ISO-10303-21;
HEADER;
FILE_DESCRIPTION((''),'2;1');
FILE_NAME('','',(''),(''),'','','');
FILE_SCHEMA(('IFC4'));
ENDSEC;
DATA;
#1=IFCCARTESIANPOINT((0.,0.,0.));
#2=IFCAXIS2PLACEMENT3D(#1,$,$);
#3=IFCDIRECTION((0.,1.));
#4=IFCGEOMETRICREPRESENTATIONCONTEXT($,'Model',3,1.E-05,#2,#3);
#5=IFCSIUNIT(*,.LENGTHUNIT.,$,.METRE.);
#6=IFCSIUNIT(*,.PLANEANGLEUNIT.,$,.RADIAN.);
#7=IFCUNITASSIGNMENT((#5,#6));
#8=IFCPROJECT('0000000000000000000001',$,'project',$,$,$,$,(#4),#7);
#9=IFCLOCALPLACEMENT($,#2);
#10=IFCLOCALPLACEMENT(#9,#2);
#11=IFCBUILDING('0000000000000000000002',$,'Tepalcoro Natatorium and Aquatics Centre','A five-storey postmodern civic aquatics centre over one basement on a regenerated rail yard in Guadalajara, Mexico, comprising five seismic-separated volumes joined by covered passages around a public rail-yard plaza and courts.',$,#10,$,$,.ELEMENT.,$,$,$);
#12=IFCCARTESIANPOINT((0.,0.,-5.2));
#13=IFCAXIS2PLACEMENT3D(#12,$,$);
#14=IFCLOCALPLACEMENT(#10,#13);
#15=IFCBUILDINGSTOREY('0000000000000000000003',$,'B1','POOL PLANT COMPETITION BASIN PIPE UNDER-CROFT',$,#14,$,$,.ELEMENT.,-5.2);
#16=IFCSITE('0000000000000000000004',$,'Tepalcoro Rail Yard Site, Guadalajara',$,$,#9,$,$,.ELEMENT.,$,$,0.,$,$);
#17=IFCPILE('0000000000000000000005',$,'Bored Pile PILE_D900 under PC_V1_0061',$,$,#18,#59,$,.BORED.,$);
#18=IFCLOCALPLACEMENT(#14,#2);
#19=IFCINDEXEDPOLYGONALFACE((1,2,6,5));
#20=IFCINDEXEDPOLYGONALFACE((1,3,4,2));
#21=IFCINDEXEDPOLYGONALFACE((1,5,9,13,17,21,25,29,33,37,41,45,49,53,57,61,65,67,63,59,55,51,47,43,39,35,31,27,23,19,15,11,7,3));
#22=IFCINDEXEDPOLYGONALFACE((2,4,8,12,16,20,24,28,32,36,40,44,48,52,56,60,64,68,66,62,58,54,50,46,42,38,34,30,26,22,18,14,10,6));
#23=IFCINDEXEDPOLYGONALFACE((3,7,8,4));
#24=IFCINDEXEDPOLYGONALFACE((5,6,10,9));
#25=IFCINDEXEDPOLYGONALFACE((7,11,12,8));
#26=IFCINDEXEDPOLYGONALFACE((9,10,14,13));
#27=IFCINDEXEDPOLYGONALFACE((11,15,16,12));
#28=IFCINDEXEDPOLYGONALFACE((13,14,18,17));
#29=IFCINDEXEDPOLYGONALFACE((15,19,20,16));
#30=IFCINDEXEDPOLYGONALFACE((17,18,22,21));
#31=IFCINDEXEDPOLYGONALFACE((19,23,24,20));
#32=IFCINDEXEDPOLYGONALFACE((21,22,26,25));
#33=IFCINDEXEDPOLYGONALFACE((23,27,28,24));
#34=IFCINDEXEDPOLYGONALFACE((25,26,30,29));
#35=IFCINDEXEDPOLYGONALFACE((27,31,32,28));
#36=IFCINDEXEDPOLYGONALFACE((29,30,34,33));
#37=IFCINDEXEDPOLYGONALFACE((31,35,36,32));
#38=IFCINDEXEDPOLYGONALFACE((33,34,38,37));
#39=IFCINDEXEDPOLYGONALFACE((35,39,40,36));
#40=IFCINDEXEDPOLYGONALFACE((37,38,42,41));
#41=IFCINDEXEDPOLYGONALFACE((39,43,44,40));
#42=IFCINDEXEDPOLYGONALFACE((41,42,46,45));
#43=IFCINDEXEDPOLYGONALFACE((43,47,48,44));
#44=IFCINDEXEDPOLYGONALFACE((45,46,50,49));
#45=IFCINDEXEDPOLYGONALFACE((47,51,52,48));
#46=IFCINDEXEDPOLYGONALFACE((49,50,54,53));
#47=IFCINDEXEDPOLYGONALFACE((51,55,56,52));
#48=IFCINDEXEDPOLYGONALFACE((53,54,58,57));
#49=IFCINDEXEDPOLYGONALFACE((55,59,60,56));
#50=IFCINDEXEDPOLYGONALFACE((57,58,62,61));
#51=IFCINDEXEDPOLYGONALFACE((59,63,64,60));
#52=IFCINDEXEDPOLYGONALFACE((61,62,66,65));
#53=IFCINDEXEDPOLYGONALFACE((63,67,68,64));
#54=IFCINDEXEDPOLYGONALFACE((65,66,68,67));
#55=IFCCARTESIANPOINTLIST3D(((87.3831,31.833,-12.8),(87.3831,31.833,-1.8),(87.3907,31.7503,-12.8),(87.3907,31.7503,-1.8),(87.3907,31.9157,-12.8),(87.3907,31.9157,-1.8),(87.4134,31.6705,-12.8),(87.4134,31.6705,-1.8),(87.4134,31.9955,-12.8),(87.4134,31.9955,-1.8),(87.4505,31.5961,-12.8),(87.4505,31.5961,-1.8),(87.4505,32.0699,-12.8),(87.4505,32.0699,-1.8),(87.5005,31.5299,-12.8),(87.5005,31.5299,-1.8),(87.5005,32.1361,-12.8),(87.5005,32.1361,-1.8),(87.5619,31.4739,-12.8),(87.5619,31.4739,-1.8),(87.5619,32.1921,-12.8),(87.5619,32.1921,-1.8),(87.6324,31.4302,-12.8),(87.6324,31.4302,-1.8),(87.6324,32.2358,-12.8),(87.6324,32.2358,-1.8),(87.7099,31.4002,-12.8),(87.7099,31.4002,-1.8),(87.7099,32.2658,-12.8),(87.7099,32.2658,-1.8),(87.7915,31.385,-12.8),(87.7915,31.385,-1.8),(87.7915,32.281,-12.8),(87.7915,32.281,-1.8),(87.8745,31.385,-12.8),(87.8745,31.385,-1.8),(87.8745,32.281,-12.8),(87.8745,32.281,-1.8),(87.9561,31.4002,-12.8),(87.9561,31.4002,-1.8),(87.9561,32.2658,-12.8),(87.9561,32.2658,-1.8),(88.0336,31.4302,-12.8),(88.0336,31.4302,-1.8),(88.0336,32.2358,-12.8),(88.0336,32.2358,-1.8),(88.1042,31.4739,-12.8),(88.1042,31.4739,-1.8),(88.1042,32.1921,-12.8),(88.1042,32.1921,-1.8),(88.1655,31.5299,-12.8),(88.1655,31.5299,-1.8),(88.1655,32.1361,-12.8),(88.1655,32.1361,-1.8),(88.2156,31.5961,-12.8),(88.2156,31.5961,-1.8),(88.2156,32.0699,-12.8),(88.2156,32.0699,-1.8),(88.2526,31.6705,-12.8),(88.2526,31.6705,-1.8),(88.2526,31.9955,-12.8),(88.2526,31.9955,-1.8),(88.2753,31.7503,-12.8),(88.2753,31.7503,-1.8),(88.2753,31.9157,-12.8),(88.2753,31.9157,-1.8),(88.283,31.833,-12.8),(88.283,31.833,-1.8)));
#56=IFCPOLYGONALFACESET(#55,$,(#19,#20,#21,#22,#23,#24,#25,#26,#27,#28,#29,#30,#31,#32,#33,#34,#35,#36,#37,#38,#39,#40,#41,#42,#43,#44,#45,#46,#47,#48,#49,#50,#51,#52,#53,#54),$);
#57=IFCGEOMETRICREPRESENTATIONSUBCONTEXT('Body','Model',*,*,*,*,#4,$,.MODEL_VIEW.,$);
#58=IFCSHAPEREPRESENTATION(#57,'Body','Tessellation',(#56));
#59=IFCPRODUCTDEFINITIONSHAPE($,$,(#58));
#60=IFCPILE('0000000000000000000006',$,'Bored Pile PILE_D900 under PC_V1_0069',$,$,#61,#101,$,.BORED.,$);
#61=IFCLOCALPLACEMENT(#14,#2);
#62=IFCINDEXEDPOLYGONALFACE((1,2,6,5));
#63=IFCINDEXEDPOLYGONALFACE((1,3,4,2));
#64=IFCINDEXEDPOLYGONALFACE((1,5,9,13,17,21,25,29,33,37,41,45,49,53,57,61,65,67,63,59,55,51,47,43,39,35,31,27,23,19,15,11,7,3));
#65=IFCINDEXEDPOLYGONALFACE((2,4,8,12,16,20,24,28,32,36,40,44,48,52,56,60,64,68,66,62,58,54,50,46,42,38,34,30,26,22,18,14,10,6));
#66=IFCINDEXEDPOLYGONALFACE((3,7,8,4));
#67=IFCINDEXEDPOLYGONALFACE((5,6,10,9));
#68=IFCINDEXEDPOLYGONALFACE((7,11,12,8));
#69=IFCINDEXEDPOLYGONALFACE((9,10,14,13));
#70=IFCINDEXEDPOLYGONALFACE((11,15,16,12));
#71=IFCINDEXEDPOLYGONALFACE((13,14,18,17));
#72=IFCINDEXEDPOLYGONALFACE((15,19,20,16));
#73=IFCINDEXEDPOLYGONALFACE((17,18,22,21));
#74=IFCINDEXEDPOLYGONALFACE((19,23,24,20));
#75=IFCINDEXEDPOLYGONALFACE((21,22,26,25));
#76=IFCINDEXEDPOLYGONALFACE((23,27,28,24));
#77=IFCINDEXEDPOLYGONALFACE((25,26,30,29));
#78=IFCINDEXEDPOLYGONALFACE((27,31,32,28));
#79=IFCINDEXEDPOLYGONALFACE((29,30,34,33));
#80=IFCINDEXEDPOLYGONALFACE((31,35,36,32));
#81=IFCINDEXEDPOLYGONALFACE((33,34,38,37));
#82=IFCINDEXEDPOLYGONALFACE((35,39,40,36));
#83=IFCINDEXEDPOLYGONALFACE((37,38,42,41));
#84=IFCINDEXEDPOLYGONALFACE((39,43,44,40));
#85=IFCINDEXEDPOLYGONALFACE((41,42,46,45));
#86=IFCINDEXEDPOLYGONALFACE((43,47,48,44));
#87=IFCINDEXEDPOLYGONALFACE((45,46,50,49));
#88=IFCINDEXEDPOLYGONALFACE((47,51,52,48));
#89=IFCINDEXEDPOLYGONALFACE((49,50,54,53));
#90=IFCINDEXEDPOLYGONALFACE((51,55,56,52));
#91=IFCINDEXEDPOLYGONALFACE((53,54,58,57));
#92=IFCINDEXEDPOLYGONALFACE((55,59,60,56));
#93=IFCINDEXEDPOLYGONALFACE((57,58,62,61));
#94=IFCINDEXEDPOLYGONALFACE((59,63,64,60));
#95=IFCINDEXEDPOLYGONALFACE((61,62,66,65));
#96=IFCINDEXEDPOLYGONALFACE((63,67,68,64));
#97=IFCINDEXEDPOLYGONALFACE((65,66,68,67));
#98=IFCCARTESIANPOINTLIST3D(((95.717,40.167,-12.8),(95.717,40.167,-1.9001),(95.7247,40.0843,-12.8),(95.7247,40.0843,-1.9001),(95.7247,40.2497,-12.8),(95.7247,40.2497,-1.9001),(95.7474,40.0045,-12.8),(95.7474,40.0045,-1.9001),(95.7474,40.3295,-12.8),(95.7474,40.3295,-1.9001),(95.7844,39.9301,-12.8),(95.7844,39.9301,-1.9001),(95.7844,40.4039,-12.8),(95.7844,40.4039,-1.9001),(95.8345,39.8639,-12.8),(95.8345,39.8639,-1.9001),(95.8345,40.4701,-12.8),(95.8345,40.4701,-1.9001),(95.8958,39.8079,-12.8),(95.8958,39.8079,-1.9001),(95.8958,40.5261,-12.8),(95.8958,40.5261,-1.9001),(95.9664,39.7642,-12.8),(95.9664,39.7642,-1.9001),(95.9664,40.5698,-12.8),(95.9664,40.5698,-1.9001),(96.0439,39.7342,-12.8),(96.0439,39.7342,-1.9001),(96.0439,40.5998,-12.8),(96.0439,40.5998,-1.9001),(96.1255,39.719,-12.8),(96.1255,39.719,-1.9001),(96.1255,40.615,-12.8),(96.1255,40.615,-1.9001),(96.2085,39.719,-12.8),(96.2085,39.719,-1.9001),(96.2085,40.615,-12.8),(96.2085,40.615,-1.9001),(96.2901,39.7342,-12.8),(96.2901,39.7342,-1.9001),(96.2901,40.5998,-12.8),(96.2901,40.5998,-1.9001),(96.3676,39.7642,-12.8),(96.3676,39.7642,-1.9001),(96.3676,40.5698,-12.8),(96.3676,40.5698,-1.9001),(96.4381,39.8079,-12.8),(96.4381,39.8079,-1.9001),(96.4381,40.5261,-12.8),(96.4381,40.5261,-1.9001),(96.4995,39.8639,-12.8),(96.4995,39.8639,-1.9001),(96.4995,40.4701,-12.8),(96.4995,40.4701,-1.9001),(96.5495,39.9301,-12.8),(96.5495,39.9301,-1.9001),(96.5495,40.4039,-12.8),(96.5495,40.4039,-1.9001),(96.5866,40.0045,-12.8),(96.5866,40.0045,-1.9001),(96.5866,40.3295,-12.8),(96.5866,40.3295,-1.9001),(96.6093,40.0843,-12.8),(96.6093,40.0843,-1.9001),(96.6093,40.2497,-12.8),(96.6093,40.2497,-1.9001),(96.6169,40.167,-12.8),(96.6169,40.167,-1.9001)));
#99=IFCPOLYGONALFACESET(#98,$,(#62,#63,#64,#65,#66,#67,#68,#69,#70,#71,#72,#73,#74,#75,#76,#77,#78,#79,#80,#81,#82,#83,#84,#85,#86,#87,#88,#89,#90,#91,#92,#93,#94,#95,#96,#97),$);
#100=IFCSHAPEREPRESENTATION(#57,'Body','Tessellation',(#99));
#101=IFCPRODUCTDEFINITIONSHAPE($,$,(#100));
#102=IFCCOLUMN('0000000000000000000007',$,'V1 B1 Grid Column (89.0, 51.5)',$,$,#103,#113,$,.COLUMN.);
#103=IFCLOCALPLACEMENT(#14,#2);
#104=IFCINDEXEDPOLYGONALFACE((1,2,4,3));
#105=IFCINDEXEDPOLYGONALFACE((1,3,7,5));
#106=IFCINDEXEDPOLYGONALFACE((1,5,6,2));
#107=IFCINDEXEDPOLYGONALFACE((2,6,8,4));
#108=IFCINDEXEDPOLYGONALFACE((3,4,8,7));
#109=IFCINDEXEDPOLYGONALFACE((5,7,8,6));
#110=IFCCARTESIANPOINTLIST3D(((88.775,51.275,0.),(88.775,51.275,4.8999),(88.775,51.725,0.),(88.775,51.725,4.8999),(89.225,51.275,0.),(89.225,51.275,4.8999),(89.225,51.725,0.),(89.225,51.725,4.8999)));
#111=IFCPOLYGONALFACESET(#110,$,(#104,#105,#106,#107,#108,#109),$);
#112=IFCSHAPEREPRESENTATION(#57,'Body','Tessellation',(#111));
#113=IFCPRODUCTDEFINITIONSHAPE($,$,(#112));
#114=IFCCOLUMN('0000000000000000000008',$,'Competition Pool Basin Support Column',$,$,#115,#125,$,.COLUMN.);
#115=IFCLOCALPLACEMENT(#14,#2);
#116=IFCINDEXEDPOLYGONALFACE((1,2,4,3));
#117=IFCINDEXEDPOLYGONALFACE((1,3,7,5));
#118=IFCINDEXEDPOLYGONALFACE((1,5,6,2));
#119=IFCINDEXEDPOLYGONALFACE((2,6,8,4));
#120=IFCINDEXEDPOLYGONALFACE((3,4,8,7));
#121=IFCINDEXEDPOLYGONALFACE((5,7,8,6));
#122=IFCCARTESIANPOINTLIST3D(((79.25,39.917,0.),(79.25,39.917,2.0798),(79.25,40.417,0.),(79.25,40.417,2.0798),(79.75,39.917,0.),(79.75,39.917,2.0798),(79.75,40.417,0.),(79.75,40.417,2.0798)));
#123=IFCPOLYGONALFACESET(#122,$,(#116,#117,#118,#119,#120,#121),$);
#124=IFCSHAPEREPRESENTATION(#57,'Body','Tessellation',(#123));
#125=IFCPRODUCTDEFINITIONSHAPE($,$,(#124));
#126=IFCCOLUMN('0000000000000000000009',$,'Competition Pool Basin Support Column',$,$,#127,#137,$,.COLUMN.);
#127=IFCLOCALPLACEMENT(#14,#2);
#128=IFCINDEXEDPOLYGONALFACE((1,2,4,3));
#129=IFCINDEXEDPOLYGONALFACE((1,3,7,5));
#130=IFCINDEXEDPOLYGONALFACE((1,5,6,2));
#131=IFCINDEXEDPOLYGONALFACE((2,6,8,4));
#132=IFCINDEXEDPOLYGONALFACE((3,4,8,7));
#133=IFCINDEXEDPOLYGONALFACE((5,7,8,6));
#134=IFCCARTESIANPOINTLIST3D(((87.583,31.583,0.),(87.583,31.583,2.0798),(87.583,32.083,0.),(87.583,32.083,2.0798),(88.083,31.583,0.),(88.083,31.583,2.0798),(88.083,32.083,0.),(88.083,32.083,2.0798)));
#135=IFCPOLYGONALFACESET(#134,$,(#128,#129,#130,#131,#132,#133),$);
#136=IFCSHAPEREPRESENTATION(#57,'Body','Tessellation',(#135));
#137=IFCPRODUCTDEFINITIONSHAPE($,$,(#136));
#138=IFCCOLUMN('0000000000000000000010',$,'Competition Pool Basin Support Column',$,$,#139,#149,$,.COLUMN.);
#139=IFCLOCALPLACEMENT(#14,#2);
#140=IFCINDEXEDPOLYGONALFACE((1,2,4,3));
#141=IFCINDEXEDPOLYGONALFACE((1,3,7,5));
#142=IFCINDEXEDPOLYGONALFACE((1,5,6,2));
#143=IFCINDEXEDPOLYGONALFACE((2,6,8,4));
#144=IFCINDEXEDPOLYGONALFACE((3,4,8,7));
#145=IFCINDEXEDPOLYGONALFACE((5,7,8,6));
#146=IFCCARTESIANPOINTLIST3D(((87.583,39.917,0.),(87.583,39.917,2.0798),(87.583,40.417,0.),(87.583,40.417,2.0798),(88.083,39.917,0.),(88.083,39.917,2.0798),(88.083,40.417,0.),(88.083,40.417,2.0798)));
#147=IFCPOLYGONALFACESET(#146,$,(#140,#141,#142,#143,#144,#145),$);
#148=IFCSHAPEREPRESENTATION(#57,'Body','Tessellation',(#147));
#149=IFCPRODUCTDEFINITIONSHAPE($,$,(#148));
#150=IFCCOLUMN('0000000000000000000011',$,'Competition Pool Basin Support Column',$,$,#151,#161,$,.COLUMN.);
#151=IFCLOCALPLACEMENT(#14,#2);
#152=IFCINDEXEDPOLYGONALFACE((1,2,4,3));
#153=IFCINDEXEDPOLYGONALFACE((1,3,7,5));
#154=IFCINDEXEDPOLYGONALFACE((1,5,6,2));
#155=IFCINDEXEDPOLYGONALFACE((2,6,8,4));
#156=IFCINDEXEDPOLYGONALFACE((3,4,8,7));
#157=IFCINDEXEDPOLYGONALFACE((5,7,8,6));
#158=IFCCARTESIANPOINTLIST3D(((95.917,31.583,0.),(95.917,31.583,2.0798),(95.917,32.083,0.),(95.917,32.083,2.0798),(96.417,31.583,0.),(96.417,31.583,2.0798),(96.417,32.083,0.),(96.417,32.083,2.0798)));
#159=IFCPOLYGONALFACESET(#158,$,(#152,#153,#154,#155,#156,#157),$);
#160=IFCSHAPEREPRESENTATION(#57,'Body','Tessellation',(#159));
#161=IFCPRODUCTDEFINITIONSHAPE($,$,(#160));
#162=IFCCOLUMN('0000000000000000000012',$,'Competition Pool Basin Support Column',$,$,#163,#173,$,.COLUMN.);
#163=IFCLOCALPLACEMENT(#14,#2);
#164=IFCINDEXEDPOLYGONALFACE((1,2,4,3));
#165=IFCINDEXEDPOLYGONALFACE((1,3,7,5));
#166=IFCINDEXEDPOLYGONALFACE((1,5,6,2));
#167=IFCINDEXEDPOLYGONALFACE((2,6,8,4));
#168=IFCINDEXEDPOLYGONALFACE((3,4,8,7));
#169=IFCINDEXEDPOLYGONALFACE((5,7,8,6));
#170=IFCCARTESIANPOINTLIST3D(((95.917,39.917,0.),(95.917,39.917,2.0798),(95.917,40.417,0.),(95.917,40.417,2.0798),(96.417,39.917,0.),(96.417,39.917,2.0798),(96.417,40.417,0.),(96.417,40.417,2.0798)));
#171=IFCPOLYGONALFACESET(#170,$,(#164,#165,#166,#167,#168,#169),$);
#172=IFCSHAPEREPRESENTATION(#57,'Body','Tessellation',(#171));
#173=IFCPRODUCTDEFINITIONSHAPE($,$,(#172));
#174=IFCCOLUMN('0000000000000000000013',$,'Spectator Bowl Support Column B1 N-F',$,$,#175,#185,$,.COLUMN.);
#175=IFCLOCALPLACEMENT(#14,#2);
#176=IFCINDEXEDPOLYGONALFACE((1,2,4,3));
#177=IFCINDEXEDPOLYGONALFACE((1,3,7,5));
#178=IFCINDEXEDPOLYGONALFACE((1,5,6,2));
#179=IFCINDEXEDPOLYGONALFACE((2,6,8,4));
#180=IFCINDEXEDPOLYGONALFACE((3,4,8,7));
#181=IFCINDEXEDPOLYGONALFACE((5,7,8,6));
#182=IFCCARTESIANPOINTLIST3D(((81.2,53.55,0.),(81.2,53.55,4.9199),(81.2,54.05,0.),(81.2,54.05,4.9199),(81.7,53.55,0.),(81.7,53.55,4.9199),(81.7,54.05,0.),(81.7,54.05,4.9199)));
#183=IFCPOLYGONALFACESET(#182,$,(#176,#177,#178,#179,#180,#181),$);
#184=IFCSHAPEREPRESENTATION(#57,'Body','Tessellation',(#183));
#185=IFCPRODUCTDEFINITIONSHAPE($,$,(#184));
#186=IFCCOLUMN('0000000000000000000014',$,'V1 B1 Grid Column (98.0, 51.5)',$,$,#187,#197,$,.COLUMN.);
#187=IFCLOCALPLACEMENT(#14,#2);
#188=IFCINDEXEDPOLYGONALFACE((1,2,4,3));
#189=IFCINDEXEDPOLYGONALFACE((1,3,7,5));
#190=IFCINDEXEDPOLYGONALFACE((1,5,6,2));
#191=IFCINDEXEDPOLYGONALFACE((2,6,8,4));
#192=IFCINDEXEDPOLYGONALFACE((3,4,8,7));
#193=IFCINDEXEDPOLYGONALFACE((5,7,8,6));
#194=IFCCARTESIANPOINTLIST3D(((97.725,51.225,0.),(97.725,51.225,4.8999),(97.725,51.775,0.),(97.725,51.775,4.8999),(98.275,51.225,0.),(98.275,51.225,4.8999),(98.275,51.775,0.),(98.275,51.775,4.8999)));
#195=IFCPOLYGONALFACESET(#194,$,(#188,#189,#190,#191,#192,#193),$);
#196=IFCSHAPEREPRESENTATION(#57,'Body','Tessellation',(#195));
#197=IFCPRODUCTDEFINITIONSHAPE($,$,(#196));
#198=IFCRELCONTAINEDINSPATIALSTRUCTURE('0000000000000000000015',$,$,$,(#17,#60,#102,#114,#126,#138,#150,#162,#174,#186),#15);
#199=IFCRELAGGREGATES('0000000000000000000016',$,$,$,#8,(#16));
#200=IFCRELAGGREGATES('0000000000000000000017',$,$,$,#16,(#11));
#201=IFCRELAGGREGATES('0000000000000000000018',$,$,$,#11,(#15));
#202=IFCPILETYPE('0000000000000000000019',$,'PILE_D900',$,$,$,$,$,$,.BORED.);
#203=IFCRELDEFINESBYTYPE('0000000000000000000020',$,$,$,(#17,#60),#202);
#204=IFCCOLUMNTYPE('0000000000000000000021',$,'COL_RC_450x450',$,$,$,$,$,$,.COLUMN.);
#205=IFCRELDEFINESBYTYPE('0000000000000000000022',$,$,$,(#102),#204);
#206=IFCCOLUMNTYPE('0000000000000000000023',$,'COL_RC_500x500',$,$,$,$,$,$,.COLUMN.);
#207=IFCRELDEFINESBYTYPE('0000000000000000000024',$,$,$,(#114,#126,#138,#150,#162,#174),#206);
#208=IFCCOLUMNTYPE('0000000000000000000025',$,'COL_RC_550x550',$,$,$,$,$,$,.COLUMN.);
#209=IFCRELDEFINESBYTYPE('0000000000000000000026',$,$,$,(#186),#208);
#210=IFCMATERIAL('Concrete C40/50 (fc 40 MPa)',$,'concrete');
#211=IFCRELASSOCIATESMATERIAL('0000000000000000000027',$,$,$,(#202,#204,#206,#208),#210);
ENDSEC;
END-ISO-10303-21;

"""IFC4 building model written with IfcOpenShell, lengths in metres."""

from ifc_helpers import new_model, si_unit, direction, frame, origin, origin_2d, place, context, subcontext, project, spatial, rectangle, circle, extrude, material, material_profile, profile_set, type_object, element, save


model = new_model("IFC4")

# Units and contexts
model_context = context("Model", 3, precision=1e-05, world=origin(), true_north=direction((0.0, 1.0)))
body_context = subcontext(model_context, "Body", "Model", "MODEL_VIEW")
ifc_project = project(units=[si_unit("LENGTHUNIT", "METRE"), si_unit("PLANEANGLEUNIT", "RADIAN")], contexts=[model_context])

# Site, building, storey
site_placement = place(None, origin())
site = spatial("IfcSite", under=ifc_project, at=site_placement, Name="Tepalcoro Rail Yard Site, Guadalajara", CompositionType="ELEMENT", RefElevation=0.0)
building_placement = place(site_placement, origin())
building = spatial("IfcBuilding", under=site, at=building_placement, Name="Tepalcoro Natatorium and Aquatics Centre", Description="A five-storey postmodern civic aquatics centre over one basement on a regenerated rail yard in Guadalajara, Mexico, comprising five seismic-separated volumes joined by covered passages around a public rail-yard plaza and courts.", CompositionType="ELEMENT")
storey_placement = place(building_placement, frame((0.0, 0.0, -5.2)))
storey = spatial("IfcBuildingStorey", under=building, at=storey_placement, Name="B1", Description="POOL PLANT COMPETITION BASIN PIPE UNDER-CROFT", CompositionType="ELEMENT", Elevation=-5.2)

# Piles
ifc_material_1 = material(Name="Concrete C40/50 (fc 40 MPa)", Category="concrete")
ifc_material_profile_1 = material_profile(ifc_material_1, circle(Radius=0.45, at=origin_2d()), Name="PILE_D900")
ifc_profile_set_1 = profile_set([ifc_material_profile_1], Name="Concrete C40/50 (fc 40 MPa)")
pile_type_1 = type_object("IfcPileType", Name="PILE_D900", PredefinedType="BORED", material=ifc_profile_set_1)
pile_1_placement = place(storey_placement, frame((87.833, 31.833, -1.8), z_axis=(0.0, 0.0, -1.0), x_axis=(1.0, 0.0, 0.0)))
element("IfcPile", 1, at=pile_1_placement, inside=storey, type_object=pile_type_1, Name="Bored Pile PILE_D900 under PC_V1_0061", PredefinedType="BORED", context=body_context, shape_type="SweptSolid", body=[
    extrude(circle(Radius=0.45, at=origin_2d()), origin(), (0.0, 0.0, 1.0), 11.0),
])
pile_2_placement = place(storey_placement, frame((96.167, 40.167, -1.9001), z_axis=(0.0, 0.0, -1.0), x_axis=(1.0, 0.0, 0.0)))
element("IfcPile", 2, at=pile_2_placement, inside=storey, type_object=pile_type_1, Name="Bored Pile PILE_D900 under PC_V1_0069", PredefinedType="BORED", context=body_context, shape_type="SweptSolid", body=[
    extrude(circle(Radius=0.45, at=origin_2d()), origin(), (0.0, 0.0, 1.0), 10.8999),
])

# Columns
ifc_material_profile_2 = material_profile(ifc_material_1, rectangle(XDim=0.45, YDim=0.45, at=origin_2d()), Name="RC450x450")
ifc_profile_set_2 = profile_set([ifc_material_profile_2], Name="Concrete C40/50 (fc 40 MPa)")
column_type_1 = type_object("IfcColumnType", Name="COL_RC_450x450", PredefinedType="COLUMN", material=ifc_profile_set_2)
column_1_placement = place(storey_placement, frame((89.0, 51.5, 0.0), z_axis=(0.0, 0.0, 1.0), x_axis=(1.0, 0.0, 0.0)))
element("IfcColumn", 3, at=column_1_placement, inside=storey, type_object=column_type_1, Name="V1 B1 Grid Column (89.0, 51.5)", PredefinedType="COLUMN", context=body_context, shape_type="SweptSolid", body=[
    extrude(rectangle(XDim=0.45, YDim=0.45, at=origin_2d()), origin(), (0.0, 0.0, 1.0), 4.8999),
])
ifc_material_profile_3 = material_profile(ifc_material_1, rectangle(XDim=0.5, YDim=0.5, at=origin_2d()), Name="RC500x500")
ifc_profile_set_3 = profile_set([ifc_material_profile_3], Name="Concrete C40/50 (fc 40 MPa)")
column_type_2 = type_object("IfcColumnType", Name="COL_RC_500x500", PredefinedType="COLUMN", material=ifc_profile_set_3)
for number, where, z_axis, x_axis, name in (
    (4, (79.5, 40.167, 0.0), (0.0, 0.0, 1.0), (1.0, 0.0, 0.0), "Competition Pool Basin Support Column"),
    (5, (87.833, 31.833, 0.0), (0.0, 0.0, 1.0), (1.0, 0.0, 0.0), "Competition Pool Basin Support Column"),
    (6, (87.833, 40.167, 0.0), (0.0, 0.0, 1.0), (1.0, 0.0, 0.0), "Competition Pool Basin Support Column"),
    (7, (96.167, 31.833, 0.0), (0.0, 0.0, 1.0), (1.0, 0.0, 0.0), "Competition Pool Basin Support Column"),
    (8, (96.167, 40.167, 0.0), (0.0, 0.0, 1.0), (1.0, 0.0, 0.0), "Competition Pool Basin Support Column"),
):
    element("IfcColumn", number, at=place(storey_placement, frame(where, z_axis=z_axis, x_axis=x_axis)), inside=storey, type_object=column_type_2, Name=name, PredefinedType="COLUMN", context=body_context, shape_type="SweptSolid", body=[
        extrude(rectangle(XDim=0.5, YDim=0.5, at=origin_2d()), origin(), (0.0, 0.0, 1.0), 2.0798),
    ])
column_2_placement = place(storey_placement, frame((81.45, 53.8, 0.0), z_axis=(0.0, 0.0, 1.0), x_axis=(1.0, 0.0, 0.0)))
element("IfcColumn", 9, at=column_2_placement, inside=storey, type_object=column_type_2, Name="Spectator Bowl Support Column B1 N-F", PredefinedType="COLUMN", context=body_context, shape_type="SweptSolid", body=[
    extrude(rectangle(XDim=0.5, YDim=0.5, at=origin_2d()), origin(), (0.0, 0.0, 1.0), 4.9199),
])
ifc_material_profile_4 = material_profile(ifc_material_1, rectangle(XDim=0.55, YDim=0.55, at=origin_2d()), Name="RC550x550")
ifc_profile_set_4 = profile_set([ifc_material_profile_4], Name="Concrete C40/50 (fc 40 MPa)")
column_type_3 = type_object("IfcColumnType", Name="COL_RC_550x550", PredefinedType="COLUMN", material=ifc_profile_set_4)
column_3_placement = place(storey_placement, frame((98.0, 51.5, 0.0), z_axis=(0.0, 0.0, 1.0), x_axis=(1.0, 0.0, 0.0)))
element("IfcColumn", 10, at=column_3_placement, inside=storey, type_object=column_type_3, Name="V1 B1 Grid Column (98.0, 51.5)", PredefinedType="COLUMN", context=body_context, shape_type="SweptSolid", body=[
    extrude(rectangle(XDim=0.55, YDim=0.55, at=origin_2d()), origin(), (0.0, 0.0, 1.0), 4.8999),
])

save(model, "model.ifc")
